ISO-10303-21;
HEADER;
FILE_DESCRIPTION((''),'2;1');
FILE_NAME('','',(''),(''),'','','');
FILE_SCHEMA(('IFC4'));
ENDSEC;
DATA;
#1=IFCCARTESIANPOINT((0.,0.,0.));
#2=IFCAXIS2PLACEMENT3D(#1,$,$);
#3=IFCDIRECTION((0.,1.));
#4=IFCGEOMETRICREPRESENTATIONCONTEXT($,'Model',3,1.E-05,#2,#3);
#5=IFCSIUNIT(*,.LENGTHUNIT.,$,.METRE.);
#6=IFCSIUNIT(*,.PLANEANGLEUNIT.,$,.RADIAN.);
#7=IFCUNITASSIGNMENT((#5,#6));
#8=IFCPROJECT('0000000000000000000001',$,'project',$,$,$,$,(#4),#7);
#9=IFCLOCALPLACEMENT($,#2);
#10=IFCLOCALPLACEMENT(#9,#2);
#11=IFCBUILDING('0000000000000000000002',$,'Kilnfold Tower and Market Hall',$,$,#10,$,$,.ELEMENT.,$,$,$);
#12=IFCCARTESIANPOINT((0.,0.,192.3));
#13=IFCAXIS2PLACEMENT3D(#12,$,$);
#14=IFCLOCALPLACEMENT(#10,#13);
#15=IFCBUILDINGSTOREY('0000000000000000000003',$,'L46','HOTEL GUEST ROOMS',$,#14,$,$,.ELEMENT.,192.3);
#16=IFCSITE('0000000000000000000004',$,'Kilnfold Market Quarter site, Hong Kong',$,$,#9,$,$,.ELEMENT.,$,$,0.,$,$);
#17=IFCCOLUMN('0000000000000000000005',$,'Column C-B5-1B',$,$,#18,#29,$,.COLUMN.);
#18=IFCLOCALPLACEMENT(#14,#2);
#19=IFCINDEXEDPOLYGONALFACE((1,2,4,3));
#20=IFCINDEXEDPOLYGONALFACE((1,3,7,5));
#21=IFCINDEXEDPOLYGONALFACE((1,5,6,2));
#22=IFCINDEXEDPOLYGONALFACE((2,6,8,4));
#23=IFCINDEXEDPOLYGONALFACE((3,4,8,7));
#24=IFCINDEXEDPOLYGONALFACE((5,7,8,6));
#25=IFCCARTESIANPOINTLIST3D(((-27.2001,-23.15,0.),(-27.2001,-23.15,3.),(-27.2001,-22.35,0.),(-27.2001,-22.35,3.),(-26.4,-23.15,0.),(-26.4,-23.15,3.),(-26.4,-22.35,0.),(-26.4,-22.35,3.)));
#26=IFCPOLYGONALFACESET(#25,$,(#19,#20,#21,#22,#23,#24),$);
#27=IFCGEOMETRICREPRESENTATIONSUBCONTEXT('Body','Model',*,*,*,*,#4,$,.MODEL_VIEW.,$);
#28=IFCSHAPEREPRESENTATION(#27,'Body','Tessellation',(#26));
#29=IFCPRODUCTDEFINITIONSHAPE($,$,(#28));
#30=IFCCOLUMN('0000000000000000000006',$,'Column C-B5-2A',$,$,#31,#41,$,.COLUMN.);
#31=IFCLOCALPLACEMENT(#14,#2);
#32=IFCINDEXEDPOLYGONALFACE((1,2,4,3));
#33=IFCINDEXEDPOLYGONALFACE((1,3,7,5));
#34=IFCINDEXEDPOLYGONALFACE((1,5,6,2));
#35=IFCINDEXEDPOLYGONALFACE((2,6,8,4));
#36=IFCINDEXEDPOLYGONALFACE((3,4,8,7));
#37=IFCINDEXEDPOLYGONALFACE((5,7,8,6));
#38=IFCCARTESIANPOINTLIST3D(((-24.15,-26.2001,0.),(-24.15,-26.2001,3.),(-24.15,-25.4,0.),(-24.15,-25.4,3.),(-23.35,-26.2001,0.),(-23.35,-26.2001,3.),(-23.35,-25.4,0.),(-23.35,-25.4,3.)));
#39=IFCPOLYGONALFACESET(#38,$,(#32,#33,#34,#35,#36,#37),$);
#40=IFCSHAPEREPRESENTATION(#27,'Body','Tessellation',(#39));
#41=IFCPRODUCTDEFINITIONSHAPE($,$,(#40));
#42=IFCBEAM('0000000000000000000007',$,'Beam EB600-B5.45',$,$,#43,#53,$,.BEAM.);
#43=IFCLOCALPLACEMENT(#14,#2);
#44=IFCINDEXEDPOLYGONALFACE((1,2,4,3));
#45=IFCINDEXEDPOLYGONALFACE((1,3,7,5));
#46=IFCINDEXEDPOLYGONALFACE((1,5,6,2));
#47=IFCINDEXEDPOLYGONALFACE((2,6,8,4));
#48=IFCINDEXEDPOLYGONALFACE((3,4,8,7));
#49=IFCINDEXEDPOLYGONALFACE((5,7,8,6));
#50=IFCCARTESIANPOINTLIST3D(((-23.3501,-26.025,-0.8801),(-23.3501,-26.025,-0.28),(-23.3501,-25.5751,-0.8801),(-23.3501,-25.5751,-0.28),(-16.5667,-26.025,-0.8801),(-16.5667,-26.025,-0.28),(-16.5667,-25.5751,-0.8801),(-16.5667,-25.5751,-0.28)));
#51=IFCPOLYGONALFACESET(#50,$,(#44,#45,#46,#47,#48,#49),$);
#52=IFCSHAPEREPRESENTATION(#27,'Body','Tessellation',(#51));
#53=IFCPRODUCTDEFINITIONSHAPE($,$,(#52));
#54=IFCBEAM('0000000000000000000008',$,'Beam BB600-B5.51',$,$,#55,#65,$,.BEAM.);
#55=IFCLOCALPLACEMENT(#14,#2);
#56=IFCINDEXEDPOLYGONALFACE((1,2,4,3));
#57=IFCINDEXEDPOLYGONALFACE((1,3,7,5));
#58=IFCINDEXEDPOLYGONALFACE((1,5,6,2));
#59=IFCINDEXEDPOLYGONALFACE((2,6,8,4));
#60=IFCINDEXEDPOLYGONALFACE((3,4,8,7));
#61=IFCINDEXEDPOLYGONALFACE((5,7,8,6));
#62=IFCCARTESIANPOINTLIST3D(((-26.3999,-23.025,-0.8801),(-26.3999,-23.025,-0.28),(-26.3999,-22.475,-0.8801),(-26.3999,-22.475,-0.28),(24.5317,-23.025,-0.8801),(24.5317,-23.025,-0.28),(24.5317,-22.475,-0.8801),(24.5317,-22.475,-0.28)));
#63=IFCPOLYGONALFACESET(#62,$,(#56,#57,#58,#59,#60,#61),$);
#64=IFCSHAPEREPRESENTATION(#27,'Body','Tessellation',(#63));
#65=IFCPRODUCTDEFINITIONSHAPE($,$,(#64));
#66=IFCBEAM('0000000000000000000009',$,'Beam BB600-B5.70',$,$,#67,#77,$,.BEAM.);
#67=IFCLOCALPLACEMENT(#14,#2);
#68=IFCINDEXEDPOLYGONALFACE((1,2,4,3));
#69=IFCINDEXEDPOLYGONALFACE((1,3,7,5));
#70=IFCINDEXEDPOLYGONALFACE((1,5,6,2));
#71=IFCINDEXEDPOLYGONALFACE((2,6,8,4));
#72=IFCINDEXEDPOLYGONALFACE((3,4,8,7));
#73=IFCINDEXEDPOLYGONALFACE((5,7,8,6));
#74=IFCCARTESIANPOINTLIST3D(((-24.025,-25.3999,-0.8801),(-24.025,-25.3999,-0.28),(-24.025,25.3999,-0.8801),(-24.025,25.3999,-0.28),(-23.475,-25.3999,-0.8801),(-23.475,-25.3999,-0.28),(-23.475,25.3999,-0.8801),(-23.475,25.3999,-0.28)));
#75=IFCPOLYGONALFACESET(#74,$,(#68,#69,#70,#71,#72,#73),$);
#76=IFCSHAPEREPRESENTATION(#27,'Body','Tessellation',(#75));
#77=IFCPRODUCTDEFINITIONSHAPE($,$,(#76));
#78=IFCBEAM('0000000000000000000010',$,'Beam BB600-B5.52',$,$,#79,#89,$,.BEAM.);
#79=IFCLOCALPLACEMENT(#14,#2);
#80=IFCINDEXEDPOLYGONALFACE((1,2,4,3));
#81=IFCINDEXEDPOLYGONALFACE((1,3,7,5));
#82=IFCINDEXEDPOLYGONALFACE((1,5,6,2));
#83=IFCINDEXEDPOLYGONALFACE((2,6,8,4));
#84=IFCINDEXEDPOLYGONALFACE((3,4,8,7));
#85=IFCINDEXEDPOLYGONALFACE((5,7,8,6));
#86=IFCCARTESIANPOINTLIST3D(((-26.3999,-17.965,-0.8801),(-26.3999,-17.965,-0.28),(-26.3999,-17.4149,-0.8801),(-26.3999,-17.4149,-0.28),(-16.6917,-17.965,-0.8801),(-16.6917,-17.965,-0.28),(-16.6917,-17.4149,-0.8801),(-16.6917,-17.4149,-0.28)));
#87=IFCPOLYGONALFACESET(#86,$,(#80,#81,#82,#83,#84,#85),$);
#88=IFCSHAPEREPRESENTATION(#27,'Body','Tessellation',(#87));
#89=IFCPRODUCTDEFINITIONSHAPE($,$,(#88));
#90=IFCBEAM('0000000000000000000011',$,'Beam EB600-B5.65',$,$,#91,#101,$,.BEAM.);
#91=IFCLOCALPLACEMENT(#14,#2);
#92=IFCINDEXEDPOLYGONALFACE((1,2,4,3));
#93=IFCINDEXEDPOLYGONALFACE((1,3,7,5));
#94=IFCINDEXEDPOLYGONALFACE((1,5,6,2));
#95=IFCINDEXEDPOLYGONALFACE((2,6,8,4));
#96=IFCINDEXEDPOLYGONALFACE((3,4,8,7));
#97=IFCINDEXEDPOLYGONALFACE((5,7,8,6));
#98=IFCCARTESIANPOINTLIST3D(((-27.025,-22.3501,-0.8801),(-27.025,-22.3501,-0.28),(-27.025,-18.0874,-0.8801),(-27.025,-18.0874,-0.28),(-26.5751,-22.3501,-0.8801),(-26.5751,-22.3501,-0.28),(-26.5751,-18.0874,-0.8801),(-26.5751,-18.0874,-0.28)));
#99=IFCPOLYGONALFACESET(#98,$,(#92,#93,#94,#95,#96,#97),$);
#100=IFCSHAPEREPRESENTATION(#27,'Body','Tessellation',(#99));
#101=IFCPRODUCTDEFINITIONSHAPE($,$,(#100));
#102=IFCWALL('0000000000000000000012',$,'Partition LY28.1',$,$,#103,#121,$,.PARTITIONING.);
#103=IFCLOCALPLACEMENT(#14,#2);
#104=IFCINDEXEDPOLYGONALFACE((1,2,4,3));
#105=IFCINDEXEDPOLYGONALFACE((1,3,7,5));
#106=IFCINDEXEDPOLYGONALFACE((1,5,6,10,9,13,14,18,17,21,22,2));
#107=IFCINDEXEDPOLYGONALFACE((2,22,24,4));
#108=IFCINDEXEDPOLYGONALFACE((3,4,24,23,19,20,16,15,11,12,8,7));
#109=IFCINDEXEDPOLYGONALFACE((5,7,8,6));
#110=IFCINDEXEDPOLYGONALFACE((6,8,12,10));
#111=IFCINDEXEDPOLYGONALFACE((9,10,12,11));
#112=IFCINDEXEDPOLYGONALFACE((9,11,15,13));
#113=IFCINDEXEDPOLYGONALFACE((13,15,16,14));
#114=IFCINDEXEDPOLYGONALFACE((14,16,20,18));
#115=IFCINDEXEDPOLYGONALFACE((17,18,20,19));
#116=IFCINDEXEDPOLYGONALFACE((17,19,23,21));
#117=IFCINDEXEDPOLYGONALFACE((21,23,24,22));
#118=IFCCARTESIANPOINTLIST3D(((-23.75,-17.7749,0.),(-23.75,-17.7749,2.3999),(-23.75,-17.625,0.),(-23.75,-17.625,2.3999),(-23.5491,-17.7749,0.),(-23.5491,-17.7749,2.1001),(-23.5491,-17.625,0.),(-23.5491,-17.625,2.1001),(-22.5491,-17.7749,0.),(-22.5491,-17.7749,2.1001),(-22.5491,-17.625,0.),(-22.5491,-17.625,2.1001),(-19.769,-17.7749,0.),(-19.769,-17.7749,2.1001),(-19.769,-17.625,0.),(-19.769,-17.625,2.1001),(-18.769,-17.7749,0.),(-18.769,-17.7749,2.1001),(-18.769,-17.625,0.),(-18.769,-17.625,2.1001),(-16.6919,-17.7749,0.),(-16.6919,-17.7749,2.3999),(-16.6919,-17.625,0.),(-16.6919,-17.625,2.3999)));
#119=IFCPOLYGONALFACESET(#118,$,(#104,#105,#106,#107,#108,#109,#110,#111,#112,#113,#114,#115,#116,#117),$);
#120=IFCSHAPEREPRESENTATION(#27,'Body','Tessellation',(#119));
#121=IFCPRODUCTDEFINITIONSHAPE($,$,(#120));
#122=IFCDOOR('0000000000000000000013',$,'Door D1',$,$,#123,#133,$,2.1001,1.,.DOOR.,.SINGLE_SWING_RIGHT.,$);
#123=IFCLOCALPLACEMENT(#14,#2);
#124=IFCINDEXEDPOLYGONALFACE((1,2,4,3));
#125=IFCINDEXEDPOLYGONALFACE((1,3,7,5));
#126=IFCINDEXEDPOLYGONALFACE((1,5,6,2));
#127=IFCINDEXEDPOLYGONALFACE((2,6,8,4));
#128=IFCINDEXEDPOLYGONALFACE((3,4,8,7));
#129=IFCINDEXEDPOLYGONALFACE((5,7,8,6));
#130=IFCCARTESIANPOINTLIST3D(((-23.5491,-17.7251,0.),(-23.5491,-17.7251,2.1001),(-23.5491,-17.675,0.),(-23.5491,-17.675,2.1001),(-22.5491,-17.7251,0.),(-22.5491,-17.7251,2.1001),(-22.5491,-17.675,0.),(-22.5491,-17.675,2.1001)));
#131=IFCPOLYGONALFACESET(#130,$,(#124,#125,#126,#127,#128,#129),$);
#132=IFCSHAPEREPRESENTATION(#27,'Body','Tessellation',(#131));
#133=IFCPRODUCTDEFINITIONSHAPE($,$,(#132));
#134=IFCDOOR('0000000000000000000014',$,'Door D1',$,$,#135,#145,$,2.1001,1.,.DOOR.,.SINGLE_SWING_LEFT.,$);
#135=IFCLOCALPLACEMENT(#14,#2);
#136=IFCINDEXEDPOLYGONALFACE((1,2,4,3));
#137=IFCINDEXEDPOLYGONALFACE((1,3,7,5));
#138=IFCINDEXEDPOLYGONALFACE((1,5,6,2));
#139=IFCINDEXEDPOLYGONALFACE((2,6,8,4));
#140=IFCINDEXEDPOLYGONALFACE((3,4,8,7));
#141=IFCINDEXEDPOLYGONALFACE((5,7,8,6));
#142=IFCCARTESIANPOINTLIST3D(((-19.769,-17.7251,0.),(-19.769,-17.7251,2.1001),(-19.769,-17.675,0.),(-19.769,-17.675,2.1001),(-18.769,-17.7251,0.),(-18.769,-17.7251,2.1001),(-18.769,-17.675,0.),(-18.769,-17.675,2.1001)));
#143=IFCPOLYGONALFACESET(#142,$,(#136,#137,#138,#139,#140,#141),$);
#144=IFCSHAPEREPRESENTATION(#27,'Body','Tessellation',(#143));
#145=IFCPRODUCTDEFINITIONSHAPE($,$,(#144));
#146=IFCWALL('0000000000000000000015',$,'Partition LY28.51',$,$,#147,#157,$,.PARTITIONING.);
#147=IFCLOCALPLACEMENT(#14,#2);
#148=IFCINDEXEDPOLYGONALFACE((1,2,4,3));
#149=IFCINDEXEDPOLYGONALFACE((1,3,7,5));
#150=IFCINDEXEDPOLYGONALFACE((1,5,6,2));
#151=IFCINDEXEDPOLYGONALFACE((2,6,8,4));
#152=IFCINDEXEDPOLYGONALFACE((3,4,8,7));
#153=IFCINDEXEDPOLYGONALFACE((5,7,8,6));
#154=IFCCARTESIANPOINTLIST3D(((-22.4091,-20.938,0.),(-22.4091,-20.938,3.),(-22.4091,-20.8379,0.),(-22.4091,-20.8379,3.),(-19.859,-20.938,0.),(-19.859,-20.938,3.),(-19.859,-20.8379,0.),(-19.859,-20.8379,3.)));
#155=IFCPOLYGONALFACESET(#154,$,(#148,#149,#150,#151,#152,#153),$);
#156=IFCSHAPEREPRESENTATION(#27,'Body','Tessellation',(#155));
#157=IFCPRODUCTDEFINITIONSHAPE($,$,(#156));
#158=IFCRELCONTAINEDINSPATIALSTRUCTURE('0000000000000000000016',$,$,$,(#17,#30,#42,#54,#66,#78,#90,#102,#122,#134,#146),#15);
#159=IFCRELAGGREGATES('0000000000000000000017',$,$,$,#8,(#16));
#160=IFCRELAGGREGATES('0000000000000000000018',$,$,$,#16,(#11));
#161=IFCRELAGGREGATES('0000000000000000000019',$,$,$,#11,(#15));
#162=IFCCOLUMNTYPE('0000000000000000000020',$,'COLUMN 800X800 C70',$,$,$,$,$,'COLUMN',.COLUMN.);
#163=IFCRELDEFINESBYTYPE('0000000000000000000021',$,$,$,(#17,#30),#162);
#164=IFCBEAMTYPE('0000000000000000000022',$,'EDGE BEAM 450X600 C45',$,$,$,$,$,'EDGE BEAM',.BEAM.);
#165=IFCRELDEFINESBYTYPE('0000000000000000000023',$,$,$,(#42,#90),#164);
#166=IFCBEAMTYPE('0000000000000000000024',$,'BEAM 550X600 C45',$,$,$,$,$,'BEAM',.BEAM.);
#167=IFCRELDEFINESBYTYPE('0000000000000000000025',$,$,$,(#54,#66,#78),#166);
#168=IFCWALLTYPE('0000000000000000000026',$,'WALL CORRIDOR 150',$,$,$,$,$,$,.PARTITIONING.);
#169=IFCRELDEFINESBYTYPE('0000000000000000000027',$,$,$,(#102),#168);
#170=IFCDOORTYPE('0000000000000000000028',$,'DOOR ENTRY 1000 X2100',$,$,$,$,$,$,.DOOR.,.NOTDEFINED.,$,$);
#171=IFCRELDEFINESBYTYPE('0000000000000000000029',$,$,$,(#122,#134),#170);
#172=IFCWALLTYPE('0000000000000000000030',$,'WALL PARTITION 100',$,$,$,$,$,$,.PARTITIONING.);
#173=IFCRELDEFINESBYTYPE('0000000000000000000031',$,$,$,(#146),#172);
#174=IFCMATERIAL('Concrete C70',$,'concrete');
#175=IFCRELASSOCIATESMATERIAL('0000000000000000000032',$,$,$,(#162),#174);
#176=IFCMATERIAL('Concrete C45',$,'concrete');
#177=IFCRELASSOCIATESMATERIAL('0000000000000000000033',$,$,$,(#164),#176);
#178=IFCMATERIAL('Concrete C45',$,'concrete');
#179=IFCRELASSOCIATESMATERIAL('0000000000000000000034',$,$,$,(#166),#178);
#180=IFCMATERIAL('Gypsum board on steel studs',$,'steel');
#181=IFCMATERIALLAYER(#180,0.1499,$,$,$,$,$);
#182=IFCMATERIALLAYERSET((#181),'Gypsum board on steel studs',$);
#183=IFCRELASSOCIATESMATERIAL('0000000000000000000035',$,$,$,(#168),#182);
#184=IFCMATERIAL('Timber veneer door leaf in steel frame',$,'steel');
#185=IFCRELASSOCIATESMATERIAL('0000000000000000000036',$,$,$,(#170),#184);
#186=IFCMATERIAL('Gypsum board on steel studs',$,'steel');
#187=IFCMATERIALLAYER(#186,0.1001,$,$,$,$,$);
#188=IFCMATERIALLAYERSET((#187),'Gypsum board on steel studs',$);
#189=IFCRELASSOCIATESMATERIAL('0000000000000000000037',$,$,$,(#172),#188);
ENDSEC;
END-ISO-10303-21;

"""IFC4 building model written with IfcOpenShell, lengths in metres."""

from ifc_helpers import new_model, si_unit, direction, frame, frame_2d, origin, origin_2d, place, context, subcontext, project, spatial, rectangle, extrude, source, transform, mapped, material, layer, layer_set, material_profile, profile_set, type_object, element, fill, save


model = new_model("IFC4")

# Units and contexts
model_context = context("Model", 3, precision=1e-05, world=origin(), true_north=direction((0.0, 1.0)))
body_context = subcontext(model_context, "Body", "Model", "MODEL_VIEW")
ifc_project = project(units=[si_unit("LENGTHUNIT", "METRE"), si_unit("PLANEANGLEUNIT", "RADIAN")], contexts=[model_context])

# Site, building, storey
site_placement = place(None, origin())
site = spatial("IfcSite", under=ifc_project, at=site_placement, Name="Kilnfold Market Quarter site, Hong Kong", CompositionType="ELEMENT", RefElevation=0.0)
building_placement = place(site_placement, origin())
building = spatial("IfcBuilding", under=site, at=building_placement, Name="Kilnfold Tower and Market Hall", CompositionType="ELEMENT")
storey_placement = place(building_placement, frame((0.0, 0.0, 192.3)))
storey = spatial("IfcBuildingStorey", under=building, at=storey_placement, Name="L46", Description="HOTEL GUEST ROOMS", CompositionType="ELEMENT", Elevation=192.3)

# Columns
ifc_material_1 = material(Name="Concrete C70", Category="concrete")
ifc_material_profile_1 = material_profile(ifc_material_1, rectangle(XDim=0.8, YDim=0.8, at=origin_2d()), Name="RC 800x800")
ifc_profile_set_1 = profile_set([ifc_material_profile_1], Name="Concrete C70")
column_type = type_object("IfcColumnType", Name="COLUMN 800X800 C70", ElementType="COLUMN", PredefinedType="COLUMN", material=ifc_profile_set_1)
shared_shape_1 = source(origin(), body_context, "Body", "SweptSolid", [
    extrude(rectangle(XDim=0.8, YDim=0.8, at=origin_2d()), origin(), (0.0, 0.0, 1.0), 3.0),
])
for number, where, z_axis, x_axis, name in (
    (1, (-26.8, -22.75, 0.0), (0.0, 0.0, 1.0), (1.0, 0.0, 0.0), "Column C-B5-1B"),
    (2, (-23.75, -25.8, 0.0), (0.0, 0.0, 1.0), (1.0, 0.0, 0.0), "Column C-B5-2A"),
):
    element("IfcColumn", number, at=place(storey_placement, frame(where, z_axis=z_axis, x_axis=x_axis)), inside=storey, type_object=column_type, Name=name, PredefinedType="COLUMN", context=body_context, shape_type="MappedRepresentation", body=[
        mapped(shared_shape_1, transform((0.0, 0.0, 0.0))),
    ])

# Beams
ifc_material_2 = material(Name="Concrete C45", Category="concrete")
ifc_material_profile_2 = material_profile(ifc_material_2, rectangle(XDim=0.45, YDim=0.6001, at=origin_2d()), Name="RC 450x600")
ifc_profile_set_2 = profile_set([ifc_material_profile_2], Name="Concrete C45")
beam_type_1 = type_object("IfcBeamType", Name="EDGE BEAM 450X600 C45", ElementType="EDGE BEAM", PredefinedType="BEAM", material=ifc_profile_set_2)
shared_shape_2 = source(origin(), body_context, "Body", "SweptSolid", [
    extrude(rectangle(XDim=0.45, YDim=0.6001, at=origin_2d()), origin(), (0.0, 0.0, 1.0), 6.7834),
])
beam_1_placement = place(storey_placement, frame((-23.3501, -25.8, -0.5801), z_axis=(1.0, 0.0, 0.0), x_axis=(0.0, 1.0, 0.0)))
element("IfcBeam", 3, at=beam_1_placement, inside=storey, type_object=beam_type_1, Name="Beam EB600-B5.45", PredefinedType="BEAM", context=body_context, shape_type="MappedRepresentation", body=[
    mapped(shared_shape_2, transform((0.0, 0.0, 0.0))),
])
ifc_material_3 = material(Name="Concrete C45", Category="concrete")
ifc_material_profile_3 = material_profile(ifc_material_3, rectangle(XDim=0.55, YDim=0.6001, at=origin_2d()), Name="RC 550x600")
ifc_profile_set_3 = profile_set([ifc_material_profile_3], Name="Concrete C45")
beam_type_2 = type_object("IfcBeamType", Name="BEAM 550X600 C45", ElementType="BEAM", PredefinedType="BEAM", material=ifc_profile_set_3)
shared_shape_3 = source(origin(), body_context, "Body", "SweptSolid", [
    extrude(rectangle(XDim=0.55, YDim=0.6001, at=origin_2d()), origin(), (0.0, 0.0, 1.0), 50.9316),
])
beam_2_placement = place(storey_placement, frame((-26.3999, -22.75, -0.5801), z_axis=(1.0, 0.0, 0.0), x_axis=(0.0, 1.0, 0.0)))
element("IfcBeam", 4, at=beam_2_placement, inside=storey, type_object=beam_type_2, Name="Beam BB600-B5.51", PredefinedType="BEAM", context=body_context, shape_type="MappedRepresentation", body=[
    mapped(shared_shape_3, transform((0.0, 0.0, 0.0))),
])
shared_shape_4 = source(origin(), body_context, "Body", "SweptSolid", [
    extrude(rectangle(XDim=0.55, YDim=0.6001, at=origin_2d()), origin(), (0.0, 0.0, 1.0), 50.7998),
])
beam_3_placement = place(storey_placement, frame((-23.75, -25.3999, -0.5801), z_axis=(0.0, 1.0, 0.0), x_axis=(-1.0, 0.0, 0.0)))
element("IfcBeam", 5, at=beam_3_placement, inside=storey, type_object=beam_type_2, Name="Beam BB600-B5.70", PredefinedType="BEAM", context=body_context, shape_type="MappedRepresentation", body=[
    mapped(shared_shape_4, transform((0.0, 0.0, 0.0))),
])
shared_shape_5 = source(origin(), body_context, "Body", "SweptSolid", [
    extrude(rectangle(XDim=0.55, YDim=0.6001, at=origin_2d()), origin(), (0.0, 0.0, 1.0), 9.7083),
])
beam_4_placement = place(storey_placement, frame((-26.3999, -17.6899, -0.5801), z_axis=(1.0, 0.0, 0.0), x_axis=(0.0, 1.0, 0.0)))
element("IfcBeam", 6, at=beam_4_placement, inside=storey, type_object=beam_type_2, Name="Beam BB600-B5.52", PredefinedType="BEAM", context=body_context, shape_type="MappedRepresentation", body=[
    mapped(shared_shape_5, transform((0.0, 0.0, 0.0))),
])
shared_shape_6 = source(origin(), body_context, "Body", "SweptSolid", [
    extrude(rectangle(XDim=0.45, YDim=0.6001, at=origin_2d()), origin(), (0.0, 0.0, 1.0), 4.2627),
])
beam_5_placement = place(storey_placement, frame((-26.8, -22.3501, -0.5801), z_axis=(0.0, 1.0, 0.0), x_axis=(-1.0, 0.0, 0.0)))
element("IfcBeam", 7, at=beam_5_placement, inside=storey, type_object=beam_type_1, Name="Beam EB600-B5.65", PredefinedType="BEAM", context=body_context, shape_type="MappedRepresentation", body=[
    mapped(shared_shape_6, transform((0.0, 0.0, 0.0))),
])

# Wall, openings, doors
ifc_material_4 = material(Name="Gypsum board on steel studs", Category="steel")
ifc_layer_1 = layer(ifc_material_4, 0.1499)
ifc_layer_set_1 = layer_set([ifc_layer_1], Name="Gypsum board on steel studs")
wall_type_1 = type_object("IfcWallType", Name="WALL CORRIDOR 150", PredefinedType="PARTITIONING", material=ifc_layer_set_1)
wall_1_placement = place(storey_placement, frame((-23.75, -17.7, 0.0), z_axis=(0.0, 0.0, 1.0), x_axis=(1.0, 0.0, 0.0)))
wall_1 = element("IfcWall", 8, at=wall_1_placement, inside=storey, type_object=wall_type_1, Name="Partition LY28.1", PredefinedType="PARTITIONING", context=body_context, shape_type="SweptSolid", body=[
    extrude(rectangle(XDim=7.0581, YDim=0.1499, at=frame_2d((3.5291, 0.0))), origin(), (0.0, 0.0, 1.0), 2.3999),
])
opening_1_placement = place(wall_1_placement, frame((0.2009, 0.0, 0.0)))
opening_1 = element("IfcOpeningElement", 9, at=opening_1_placement, cuts=wall_1, PredefinedType="OPENING", context=body_context, shape_type="SweptSolid", body=[
    extrude(rectangle(XDim=1.0, YDim=2.1001, at=frame_2d((0.5, 1.05))), frame((0.0, 0.085, 0.0), z_axis=(0.0, -1.0, 0.0), x_axis=(1.0, 0.0, 0.0)), (0.0, 0.0, 1.0), 0.1699),
])
opening_2_placement = place(wall_1_placement, frame((3.981, 0.0, 0.0)))
opening_2 = element("IfcOpeningElement", 10, at=opening_2_placement, cuts=wall_1, PredefinedType="OPENING", context=body_context, shape_type="SweptSolid", body=[
    extrude(rectangle(XDim=1.0, YDim=2.1001, at=frame_2d((0.5, 1.05))), frame((0.0, 0.085, 0.0), z_axis=(0.0, -1.0, 0.0), x_axis=(1.0, 0.0, 0.0)), (0.0, 0.0, 1.0), 0.1699),
])
ifc_material_5 = material(Name="Timber veneer door leaf in steel frame", Category="steel")
door_type_1 = type_object("IfcDoorType", Name="DOOR ENTRY 1000 X2100", OperationType="NOTDEFINED", PredefinedType="DOOR", material=ifc_material_5)
door_1_placement = place(opening_1_placement, origin())
door_1 = element("IfcDoor", 11, at=door_1_placement, inside=storey, type_object=door_type_1, Name="Door D1", OperationType="SINGLE_SWING_RIGHT", OverallHeight=2.1001, OverallWidth=1.0, PredefinedType="DOOR", context=body_context, shape_type="SweptSolid", body=[
    extrude(rectangle(XDim=1.0, YDim=2.1001, at=frame_2d((0.5, 1.05))), frame((0.0, 0.0249, 0.0), z_axis=(0.0, -1.0, 0.0), x_axis=(1.0, 0.0, 0.0)), (0.0, 0.0, 1.0), 0.05),
])
fill(opening_1, door_1)
door_2_placement = place(opening_2_placement, origin())
door_2 = element("IfcDoor", 12, at=door_2_placement, inside=storey, type_object=door_type_1, Name="Door D1", OperationType="SINGLE_SWING_LEFT", OverallHeight=2.1001, OverallWidth=1.0, PredefinedType="DOOR", context=body_context, shape_type="SweptSolid", body=[
    extrude(rectangle(XDim=1.0, YDim=2.1001, at=frame_2d((0.5, 1.05))), frame((0.0, 0.0249, 0.0), z_axis=(0.0, -1.0, 0.0), x_axis=(1.0, 0.0, 0.0)), (0.0, 0.0, 1.0), 0.05),
])
fill(opening_2, door_2)

# Wall
ifc_material_6 = material(Name="Gypsum board on steel studs", Category="steel")
ifc_layer_2 = layer(ifc_material_6, 0.1001)
ifc_layer_set_2 = layer_set([ifc_layer_2], Name="Gypsum board on steel studs")
wall_type_2 = type_object("IfcWallType", Name="WALL PARTITION 100", PredefinedType="PARTITIONING", material=ifc_layer_set_2)
wall_2_placement = place(storey_placement, frame((-22.4089, -20.8879, 0.0), z_axis=(0.0, 0.0, 1.0), x_axis=(1.0, 0.0, 0.0)))
element("IfcWall", 13, at=wall_2_placement, inside=storey, type_object=wall_type_2, Name="Partition LY28.51", PredefinedType="PARTITIONING", context=body_context, shape_type="SweptSolid", body=[
    extrude(rectangle(XDim=2.55, YDim=0.1001, at=frame_2d((1.2749, 0.0))), origin(), (0.0, 0.0, 1.0), 3.0),
])

save(model, "model.ifc")
